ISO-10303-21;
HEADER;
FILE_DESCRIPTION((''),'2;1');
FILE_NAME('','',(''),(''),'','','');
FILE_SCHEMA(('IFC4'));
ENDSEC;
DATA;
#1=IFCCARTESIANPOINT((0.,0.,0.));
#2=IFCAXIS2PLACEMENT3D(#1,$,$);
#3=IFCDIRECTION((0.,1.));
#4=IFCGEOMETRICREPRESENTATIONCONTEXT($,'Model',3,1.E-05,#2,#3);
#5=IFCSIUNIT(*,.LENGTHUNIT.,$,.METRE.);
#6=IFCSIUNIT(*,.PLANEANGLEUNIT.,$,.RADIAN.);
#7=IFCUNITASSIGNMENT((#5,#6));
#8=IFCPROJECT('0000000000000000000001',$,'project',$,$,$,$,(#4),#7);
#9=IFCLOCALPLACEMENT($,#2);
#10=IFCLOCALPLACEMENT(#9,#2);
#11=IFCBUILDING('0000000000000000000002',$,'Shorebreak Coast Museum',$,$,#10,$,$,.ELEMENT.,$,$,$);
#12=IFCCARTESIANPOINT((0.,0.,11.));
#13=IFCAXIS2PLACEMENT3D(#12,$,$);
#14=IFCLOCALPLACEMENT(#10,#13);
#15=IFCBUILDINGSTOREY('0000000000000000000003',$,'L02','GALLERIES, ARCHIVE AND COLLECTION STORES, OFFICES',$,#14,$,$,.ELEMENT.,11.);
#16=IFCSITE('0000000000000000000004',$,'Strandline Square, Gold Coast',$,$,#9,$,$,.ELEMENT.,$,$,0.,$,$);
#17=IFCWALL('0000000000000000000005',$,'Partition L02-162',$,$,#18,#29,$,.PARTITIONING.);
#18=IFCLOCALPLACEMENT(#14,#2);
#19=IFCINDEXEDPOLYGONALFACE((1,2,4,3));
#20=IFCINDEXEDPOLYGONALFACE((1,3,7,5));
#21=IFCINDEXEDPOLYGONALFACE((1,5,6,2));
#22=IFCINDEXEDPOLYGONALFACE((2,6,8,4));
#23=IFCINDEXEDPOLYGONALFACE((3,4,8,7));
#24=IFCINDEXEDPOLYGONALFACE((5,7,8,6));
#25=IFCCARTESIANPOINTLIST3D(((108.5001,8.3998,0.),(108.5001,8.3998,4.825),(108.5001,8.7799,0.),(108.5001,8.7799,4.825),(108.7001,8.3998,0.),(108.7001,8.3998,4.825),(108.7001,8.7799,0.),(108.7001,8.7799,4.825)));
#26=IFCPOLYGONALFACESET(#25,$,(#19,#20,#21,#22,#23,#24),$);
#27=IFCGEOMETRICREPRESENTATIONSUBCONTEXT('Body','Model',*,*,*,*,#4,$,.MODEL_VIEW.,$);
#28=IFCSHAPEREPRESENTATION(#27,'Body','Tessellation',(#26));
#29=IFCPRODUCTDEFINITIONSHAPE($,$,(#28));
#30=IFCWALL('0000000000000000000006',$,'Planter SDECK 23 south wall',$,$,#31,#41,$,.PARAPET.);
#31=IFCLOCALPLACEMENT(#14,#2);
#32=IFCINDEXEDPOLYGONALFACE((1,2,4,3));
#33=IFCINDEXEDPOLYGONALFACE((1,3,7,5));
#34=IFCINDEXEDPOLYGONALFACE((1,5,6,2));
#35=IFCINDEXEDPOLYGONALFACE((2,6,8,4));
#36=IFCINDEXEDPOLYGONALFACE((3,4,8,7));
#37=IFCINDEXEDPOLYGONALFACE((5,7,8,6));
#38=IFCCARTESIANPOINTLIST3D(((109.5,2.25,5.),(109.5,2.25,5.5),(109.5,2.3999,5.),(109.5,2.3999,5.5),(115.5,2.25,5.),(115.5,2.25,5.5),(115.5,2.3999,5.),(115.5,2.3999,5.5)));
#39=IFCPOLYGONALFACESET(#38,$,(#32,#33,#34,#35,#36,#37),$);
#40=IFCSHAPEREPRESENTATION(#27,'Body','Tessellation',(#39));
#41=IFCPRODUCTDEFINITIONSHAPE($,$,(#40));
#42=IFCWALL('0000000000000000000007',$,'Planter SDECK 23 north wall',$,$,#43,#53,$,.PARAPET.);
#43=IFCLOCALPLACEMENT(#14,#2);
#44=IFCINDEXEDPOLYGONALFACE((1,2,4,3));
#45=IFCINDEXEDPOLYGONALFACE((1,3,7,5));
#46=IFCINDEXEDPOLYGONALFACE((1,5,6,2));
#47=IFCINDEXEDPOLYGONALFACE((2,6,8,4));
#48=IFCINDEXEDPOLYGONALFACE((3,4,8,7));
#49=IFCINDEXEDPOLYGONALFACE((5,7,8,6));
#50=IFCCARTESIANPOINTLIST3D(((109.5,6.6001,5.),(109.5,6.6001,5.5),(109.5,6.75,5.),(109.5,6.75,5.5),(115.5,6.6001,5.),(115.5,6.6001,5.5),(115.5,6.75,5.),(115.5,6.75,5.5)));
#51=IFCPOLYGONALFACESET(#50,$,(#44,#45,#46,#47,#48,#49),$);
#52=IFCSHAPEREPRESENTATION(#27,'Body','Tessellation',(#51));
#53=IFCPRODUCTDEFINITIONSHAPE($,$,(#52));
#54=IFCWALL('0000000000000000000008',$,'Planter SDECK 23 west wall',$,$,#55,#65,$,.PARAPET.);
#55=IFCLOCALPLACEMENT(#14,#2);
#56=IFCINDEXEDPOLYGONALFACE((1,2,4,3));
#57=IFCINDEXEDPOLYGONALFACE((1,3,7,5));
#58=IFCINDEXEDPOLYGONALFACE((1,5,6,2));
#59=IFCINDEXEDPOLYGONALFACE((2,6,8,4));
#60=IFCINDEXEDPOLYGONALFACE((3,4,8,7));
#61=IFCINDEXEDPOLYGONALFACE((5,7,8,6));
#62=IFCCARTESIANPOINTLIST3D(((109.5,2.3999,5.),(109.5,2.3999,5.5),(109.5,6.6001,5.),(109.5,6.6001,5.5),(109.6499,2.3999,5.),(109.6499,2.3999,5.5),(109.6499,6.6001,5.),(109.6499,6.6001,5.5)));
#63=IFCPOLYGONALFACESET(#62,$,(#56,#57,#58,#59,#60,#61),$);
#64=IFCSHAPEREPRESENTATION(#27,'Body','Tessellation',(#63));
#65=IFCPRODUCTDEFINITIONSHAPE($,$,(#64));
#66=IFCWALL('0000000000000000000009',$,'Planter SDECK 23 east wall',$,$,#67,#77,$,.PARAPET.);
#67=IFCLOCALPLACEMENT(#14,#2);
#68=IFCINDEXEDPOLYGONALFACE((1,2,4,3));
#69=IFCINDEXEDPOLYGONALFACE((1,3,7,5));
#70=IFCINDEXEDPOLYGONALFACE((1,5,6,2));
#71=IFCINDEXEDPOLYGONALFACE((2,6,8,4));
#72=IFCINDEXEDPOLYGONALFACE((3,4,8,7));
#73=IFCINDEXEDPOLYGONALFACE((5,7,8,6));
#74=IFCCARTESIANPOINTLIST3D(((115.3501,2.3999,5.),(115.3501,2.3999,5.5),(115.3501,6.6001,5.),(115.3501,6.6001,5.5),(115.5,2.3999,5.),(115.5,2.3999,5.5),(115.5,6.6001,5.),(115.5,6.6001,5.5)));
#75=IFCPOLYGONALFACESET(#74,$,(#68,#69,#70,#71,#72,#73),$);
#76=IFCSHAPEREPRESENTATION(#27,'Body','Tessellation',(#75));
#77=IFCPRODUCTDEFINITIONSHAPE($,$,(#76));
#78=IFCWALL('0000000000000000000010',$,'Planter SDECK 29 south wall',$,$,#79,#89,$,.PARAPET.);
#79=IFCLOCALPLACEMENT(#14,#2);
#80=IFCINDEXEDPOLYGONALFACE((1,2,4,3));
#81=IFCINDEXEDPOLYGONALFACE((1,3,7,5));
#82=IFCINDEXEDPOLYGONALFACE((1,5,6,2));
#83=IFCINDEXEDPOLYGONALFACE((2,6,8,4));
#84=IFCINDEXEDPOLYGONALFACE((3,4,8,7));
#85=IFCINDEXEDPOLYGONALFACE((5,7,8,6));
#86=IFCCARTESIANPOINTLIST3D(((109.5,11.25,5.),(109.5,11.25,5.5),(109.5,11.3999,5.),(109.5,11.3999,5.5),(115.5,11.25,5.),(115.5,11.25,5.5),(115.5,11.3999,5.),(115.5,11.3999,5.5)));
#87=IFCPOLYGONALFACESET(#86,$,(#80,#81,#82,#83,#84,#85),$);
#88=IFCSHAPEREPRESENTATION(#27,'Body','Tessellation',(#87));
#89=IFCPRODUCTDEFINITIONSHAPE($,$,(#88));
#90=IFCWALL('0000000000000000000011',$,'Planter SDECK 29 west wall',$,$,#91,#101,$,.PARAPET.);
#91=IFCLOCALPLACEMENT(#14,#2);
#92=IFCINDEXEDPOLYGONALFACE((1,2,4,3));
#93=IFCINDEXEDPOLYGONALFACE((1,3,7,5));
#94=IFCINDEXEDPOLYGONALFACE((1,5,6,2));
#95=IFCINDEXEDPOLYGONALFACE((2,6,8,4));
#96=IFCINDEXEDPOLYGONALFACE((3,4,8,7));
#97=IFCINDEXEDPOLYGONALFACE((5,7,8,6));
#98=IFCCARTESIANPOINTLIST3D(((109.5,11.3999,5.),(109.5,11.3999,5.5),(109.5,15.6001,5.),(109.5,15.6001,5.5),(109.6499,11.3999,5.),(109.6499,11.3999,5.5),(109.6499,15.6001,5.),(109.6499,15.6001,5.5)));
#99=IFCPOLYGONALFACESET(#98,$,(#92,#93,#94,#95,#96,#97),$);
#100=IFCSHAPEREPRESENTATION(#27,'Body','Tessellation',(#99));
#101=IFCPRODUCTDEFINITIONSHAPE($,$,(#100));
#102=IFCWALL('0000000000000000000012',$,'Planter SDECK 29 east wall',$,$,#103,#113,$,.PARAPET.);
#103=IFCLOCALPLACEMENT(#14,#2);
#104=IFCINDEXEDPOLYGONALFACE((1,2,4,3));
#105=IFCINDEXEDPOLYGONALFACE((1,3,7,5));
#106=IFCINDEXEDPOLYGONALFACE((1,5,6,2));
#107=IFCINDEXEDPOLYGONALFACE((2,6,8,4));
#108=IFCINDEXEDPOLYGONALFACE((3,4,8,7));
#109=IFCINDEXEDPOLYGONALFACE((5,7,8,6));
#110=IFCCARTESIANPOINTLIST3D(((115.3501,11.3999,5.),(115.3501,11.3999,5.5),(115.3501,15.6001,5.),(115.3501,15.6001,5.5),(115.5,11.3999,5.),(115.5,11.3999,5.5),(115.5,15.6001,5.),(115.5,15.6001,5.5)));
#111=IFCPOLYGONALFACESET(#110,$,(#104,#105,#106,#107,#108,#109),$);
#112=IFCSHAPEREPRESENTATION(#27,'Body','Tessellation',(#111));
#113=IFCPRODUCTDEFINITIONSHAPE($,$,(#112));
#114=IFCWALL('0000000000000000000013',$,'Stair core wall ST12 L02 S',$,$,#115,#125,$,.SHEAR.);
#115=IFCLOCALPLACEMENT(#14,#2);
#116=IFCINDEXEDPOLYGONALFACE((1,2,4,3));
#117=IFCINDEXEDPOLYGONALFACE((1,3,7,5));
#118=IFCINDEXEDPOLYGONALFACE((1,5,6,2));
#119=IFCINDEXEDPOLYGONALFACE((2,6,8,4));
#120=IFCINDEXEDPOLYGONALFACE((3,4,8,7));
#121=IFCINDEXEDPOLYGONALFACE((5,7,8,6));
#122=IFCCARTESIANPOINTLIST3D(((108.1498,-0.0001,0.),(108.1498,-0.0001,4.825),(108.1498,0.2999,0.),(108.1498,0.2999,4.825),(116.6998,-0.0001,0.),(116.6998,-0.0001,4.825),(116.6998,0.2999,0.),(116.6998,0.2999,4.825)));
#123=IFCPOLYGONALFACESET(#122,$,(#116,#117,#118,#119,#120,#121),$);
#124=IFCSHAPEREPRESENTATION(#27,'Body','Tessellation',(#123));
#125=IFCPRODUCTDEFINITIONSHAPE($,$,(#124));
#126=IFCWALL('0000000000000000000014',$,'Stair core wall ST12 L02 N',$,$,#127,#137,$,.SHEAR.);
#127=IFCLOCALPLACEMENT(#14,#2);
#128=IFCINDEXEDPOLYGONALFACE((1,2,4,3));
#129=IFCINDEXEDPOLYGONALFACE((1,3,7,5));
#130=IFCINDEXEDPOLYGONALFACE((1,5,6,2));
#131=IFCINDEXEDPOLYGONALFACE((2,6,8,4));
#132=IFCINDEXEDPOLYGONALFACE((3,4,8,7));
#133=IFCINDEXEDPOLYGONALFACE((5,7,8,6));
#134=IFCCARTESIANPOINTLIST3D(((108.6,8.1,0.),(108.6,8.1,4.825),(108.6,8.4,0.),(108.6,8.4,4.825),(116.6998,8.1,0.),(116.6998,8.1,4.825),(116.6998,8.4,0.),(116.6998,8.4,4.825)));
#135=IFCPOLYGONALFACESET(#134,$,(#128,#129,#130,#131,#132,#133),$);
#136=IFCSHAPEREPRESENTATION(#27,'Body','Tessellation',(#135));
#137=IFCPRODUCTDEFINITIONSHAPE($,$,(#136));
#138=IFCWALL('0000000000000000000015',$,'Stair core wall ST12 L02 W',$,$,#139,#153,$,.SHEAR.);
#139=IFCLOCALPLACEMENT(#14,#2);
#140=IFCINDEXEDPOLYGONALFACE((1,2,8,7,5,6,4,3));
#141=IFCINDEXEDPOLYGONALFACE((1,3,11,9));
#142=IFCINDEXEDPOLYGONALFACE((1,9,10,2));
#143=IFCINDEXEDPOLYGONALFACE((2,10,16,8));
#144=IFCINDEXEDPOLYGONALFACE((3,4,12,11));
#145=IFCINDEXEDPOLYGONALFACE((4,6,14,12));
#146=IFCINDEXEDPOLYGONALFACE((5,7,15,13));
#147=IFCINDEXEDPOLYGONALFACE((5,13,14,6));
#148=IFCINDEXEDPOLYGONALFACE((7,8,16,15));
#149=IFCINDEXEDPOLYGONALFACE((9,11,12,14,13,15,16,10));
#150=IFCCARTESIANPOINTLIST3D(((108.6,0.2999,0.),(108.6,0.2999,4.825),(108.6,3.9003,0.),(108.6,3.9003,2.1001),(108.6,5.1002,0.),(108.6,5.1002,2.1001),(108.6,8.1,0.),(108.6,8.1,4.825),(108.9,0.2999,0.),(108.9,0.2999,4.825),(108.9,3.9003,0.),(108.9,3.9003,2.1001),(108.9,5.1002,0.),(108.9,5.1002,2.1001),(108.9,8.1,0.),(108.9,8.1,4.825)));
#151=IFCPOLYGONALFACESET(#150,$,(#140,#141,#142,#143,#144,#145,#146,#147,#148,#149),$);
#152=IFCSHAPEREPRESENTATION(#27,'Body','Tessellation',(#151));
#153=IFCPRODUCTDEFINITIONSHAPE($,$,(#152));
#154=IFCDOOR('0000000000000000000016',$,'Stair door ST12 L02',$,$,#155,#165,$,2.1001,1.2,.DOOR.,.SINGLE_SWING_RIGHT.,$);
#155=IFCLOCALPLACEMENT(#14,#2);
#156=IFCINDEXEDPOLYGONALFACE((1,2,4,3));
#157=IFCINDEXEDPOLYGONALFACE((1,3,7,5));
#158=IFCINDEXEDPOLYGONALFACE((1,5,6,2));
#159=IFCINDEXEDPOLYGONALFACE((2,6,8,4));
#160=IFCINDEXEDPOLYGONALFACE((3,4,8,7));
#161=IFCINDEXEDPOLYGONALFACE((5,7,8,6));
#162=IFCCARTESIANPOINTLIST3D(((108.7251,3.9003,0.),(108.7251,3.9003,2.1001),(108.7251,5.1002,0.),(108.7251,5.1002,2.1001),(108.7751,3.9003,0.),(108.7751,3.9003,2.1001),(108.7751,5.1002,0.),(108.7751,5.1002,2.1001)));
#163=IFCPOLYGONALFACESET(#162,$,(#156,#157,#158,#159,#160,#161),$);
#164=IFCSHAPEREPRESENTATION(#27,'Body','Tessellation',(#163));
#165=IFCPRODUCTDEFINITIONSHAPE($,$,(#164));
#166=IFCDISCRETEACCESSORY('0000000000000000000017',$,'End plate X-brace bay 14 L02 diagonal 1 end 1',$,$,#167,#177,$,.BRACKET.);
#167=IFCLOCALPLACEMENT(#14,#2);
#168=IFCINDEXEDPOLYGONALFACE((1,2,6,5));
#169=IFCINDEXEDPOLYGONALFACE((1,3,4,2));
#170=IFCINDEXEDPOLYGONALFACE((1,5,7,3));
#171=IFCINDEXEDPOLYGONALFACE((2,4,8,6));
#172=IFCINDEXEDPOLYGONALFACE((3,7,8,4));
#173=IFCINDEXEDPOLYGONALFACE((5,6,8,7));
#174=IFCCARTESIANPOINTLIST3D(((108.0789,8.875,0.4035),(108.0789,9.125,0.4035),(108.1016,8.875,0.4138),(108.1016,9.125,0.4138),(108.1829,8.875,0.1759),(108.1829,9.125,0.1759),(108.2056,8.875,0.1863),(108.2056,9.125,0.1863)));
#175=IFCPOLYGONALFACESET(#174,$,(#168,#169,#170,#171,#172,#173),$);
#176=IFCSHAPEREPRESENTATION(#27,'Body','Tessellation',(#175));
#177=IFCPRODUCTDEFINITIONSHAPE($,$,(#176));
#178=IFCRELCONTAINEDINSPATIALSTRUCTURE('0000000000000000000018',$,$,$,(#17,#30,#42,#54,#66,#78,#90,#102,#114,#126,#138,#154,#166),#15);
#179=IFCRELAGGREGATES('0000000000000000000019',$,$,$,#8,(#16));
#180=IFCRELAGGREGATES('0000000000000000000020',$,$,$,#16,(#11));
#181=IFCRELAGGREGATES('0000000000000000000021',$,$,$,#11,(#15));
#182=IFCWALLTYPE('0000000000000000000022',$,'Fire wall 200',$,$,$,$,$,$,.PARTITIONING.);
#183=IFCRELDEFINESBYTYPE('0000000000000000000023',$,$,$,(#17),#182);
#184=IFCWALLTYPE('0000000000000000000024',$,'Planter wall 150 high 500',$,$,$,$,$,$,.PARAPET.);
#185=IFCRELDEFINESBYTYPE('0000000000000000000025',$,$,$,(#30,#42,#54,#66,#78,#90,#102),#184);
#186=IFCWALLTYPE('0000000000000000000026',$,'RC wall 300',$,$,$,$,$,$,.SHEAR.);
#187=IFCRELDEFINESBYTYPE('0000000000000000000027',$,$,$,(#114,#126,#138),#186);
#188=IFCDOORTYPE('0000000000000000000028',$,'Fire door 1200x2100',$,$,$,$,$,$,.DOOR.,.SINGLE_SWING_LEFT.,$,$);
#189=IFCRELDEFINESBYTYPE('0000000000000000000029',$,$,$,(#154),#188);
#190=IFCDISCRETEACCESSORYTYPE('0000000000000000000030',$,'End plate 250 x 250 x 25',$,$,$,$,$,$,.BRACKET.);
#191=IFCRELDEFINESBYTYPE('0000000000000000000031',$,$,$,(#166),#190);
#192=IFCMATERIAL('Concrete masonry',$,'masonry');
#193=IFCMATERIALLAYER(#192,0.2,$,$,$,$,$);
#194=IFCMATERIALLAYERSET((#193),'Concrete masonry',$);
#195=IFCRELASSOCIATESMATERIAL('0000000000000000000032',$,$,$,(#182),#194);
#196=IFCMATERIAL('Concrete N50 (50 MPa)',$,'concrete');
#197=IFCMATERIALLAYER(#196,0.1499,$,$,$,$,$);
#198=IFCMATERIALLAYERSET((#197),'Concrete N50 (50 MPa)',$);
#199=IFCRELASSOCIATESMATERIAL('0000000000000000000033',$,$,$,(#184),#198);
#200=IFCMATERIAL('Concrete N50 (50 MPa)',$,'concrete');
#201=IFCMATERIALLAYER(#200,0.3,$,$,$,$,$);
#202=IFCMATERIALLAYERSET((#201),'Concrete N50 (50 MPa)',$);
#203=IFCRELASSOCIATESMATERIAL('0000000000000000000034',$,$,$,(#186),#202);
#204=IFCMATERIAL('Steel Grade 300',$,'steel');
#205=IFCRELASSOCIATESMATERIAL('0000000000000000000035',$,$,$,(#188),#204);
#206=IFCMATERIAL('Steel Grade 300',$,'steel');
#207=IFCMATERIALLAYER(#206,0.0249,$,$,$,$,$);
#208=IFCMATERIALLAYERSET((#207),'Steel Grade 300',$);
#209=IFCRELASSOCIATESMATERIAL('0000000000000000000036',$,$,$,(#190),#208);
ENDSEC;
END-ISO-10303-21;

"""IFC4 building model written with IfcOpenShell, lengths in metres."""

from ifc_helpers import new_model, si_unit, direction, frame, frame_2d, origin, place, context, subcontext, project, spatial, polyline, rectangle, outline, extrude, material, layer, layer_set, type_object, element, fill, save


model = new_model("IFC4")

# Units and contexts
model_context = context("Model", 3, precision=1e-05, world=origin(), true_north=direction((0.0, 1.0)))
body_context = subcontext(model_context, "Body", "Model", "MODEL_VIEW")
ifc_project = project(units=[si_unit("LENGTHUNIT", "METRE"), si_unit("PLANEANGLEUNIT", "RADIAN")], contexts=[model_context])

# Site, building, storey
site_placement = place(None, origin())
site = spatial("IfcSite", under=ifc_project, at=site_placement, Name="Strandline Square, Gold Coast", CompositionType="ELEMENT", RefElevation=0.0)
building_placement = place(site_placement, origin())
building = spatial("IfcBuilding", under=site, at=building_placement, Name="Shorebreak Coast Museum", CompositionType="ELEMENT")
storey_placement = place(building_placement, frame((0.0, 0.0, 11.0)))
storey = spatial("IfcBuildingStorey", under=building, at=storey_placement, Name="L02", Description="GALLERIES, ARCHIVE AND COLLECTION STORES, OFFICES", CompositionType="ELEMENT", Elevation=11.0)

# Walls
ifc_material_1 = material(Name="Concrete masonry", Category="masonry")
ifc_layer_1 = layer(ifc_material_1, 0.2)
ifc_layer_set_1 = layer_set([ifc_layer_1], Name="Concrete masonry")
wall_type_1 = type_object("IfcWallType", Name="Fire wall 200", PredefinedType="PARTITIONING", material=ifc_layer_set_1)
wall_1_placement = place(storey_placement, frame((108.6001, 8.3999, 0.0), z_axis=(0.0, 0.0, 1.0), x_axis=(0.0, 1.0, 0.0)))
element("IfcWall", 1, at=wall_1_placement, inside=storey, type_object=wall_type_1, Name="Partition L02-162", PredefinedType="PARTITIONING", context=body_context, shape_type="SweptSolid", body=[
    extrude(rectangle(XDim=0.3801, YDim=0.2, at=frame_2d((0.1899, 0.0))), origin(), (0.0, 0.0, 1.0), 4.825),
])
ifc_material_2 = material(Name="Concrete N50 (50 MPa)", Category="concrete")
ifc_layer_2 = layer(ifc_material_2, 0.1499)
ifc_layer_set_2 = layer_set([ifc_layer_2], Name="Concrete N50 (50 MPa)")
wall_type_2 = type_object("IfcWallType", Name="Planter wall 150 high 500", PredefinedType="PARAPET", material=ifc_layer_set_2)
for number, where, z_axis, x_axis, name in (
    (2, (109.5, 2.325, 5.0), (0.0, 0.0, 1.0), (1.0, 0.0, 0.0), "Planter SDECK 23 south wall"),
    (3, (109.5, 6.675, 5.0), (0.0, 0.0, 1.0), (1.0, 0.0, 0.0), "Planter SDECK 23 north wall"),
):
    element("IfcWall", number, at=place(storey_placement, frame(where, z_axis=z_axis, x_axis=x_axis)), inside=storey, type_object=wall_type_2, Name=name, PredefinedType="PARAPET", context=body_context, shape_type="SweptSolid", body=[
        extrude(rectangle(XDim=6.0, YDim=0.1499, at=frame_2d((3.0, 0.0))), origin(), (0.0, 0.0, 1.0), 0.5),
    ])
for number, where, z_axis, x_axis, name in (
    (4, (109.575, 2.3999, 5.0), (0.0, 0.0, 1.0), (0.0, 1.0, 0.0), "Planter SDECK 23 west wall"),
    (5, (115.425, 2.3999, 5.0), (0.0, 0.0, 1.0), (0.0, 1.0, 0.0), "Planter SDECK 23 east wall"),
):
    element("IfcWall", number, at=place(storey_placement, frame(where, z_axis=z_axis, x_axis=x_axis)), inside=storey, type_object=wall_type_2, Name=name, PredefinedType="PARAPET", context=body_context, shape_type="SweptSolid", body=[
        extrude(rectangle(XDim=4.2002, YDim=0.1499, at=frame_2d((2.1001, 0.0))), origin(), (0.0, 0.0, 1.0), 0.5),
    ])
wall_2_placement = place(storey_placement, frame((109.5, 11.325, 5.0), z_axis=(0.0, 0.0, 1.0), x_axis=(1.0, 0.0, 0.0)))
element("IfcWall", 6, at=wall_2_placement, inside=storey, type_object=wall_type_2, Name="Planter SDECK 29 south wall", PredefinedType="PARAPET", context=body_context, shape_type="SweptSolid", body=[
    extrude(rectangle(XDim=6.0, YDim=0.1499, at=frame_2d((3.0, 0.0))), origin(), (0.0, 0.0, 1.0), 0.5),
])
for number, where, z_axis, x_axis, name in (
    (7, (109.575, 11.3999, 5.0), (0.0, 0.0, 1.0), (0.0, 1.0, 0.0), "Planter SDECK 29 west wall"),
    (8, (115.425, 11.3999, 5.0), (0.0, 0.0, 1.0), (0.0, 1.0, 0.0), "Planter SDECK 29 east wall"),
):
    element("IfcWall", number, at=place(storey_placement, frame(where, z_axis=z_axis, x_axis=x_axis)), inside=storey, type_object=wall_type_2, Name=name, PredefinedType="PARAPET", context=body_context, shape_type="SweptSolid", body=[
        extrude(rectangle(XDim=4.2002, YDim=0.1499, at=frame_2d((2.1001, 0.0))), origin(), (0.0, 0.0, 1.0), 0.5),
    ])
ifc_material_3 = material(Name="Concrete N50 (50 MPa)", Category="concrete")
ifc_layer_3 = layer(ifc_material_3, 0.3)
ifc_layer_set_3 = layer_set([ifc_layer_3], Name="Concrete N50 (50 MPa)")
wall_type_3 = type_object("IfcWallType", Name="RC wall 300", PredefinedType="SHEAR", material=ifc_layer_set_3)
wall_3_placement = place(storey_placement, frame((108.1499, 0.1499, 0.0), z_axis=(0.0, 0.0, 1.0), x_axis=(1.0, 0.0, 0.0)))
element("IfcWall", 9, at=wall_3_placement, inside=storey, type_object=wall_type_3, Name="Stair core wall ST12 L02 S", PredefinedType="SHEAR", context=body_context, shape_type="SweptSolid", body=[
    extrude(rectangle(XDim=8.55, YDim=0.3, at=frame_2d((4.2749, 0.0))), origin(), (0.0, 0.0, 1.0), 4.825),
])
wall_4_placement = place(storey_placement, frame((108.6001, 8.25, 0.0), z_axis=(0.0, 0.0, 1.0), x_axis=(1.0, 0.0, 0.0)))
element("IfcWall", 10, at=wall_4_placement, inside=storey, type_object=wall_type_3, Name="Stair core wall ST12 L02 N", PredefinedType="SHEAR", context=body_context, shape_type="SweptSolid", body=[
    extrude(rectangle(XDim=8.0999, YDim=0.3, at=frame_2d((4.0498, 0.0))), origin(), (0.0, 0.0, 1.0), 4.825),
])

# Wall, opening, door
wall_5_placement = place(storey_placement, frame((108.75, 0.3, 0.0), z_axis=(0.0, 0.0, 1.0), x_axis=(0.0, 1.0, 0.0)))
wall_5 = element("IfcWall", 11, at=wall_5_placement, inside=storey, type_object=wall_type_3, Name="Stair core wall ST12 L02 W", PredefinedType="SHEAR", context=body_context, shape_type="SweptSolid", body=[
    extrude(rectangle(XDim=7.8, YDim=0.3, at=frame_2d((3.8999, 0.0))), origin(), (0.0, 0.0, 1.0), 4.825),
])
opening_placement = place(wall_5_placement, frame((3.6001, 0.0, 0.0)))
opening = element("IfcOpeningElement", 12, at=opening_placement, cuts=wall_5, PredefinedType="OPENING", context=body_context, shape_type="SweptSolid", body=[
    extrude(rectangle(XDim=1.2, YDim=2.1001, at=frame_2d((0.6001, 1.05))), frame((0.0, 0.1599, 0.0), z_axis=(0.0, -1.0, 0.0), x_axis=(1.0, 0.0, 0.0)), (0.0, 0.0, 1.0), 0.3201),
])
ifc_material_4 = material(Name="Steel Grade 300", Category="steel")
door_type = type_object("IfcDoorType", Name="Fire door 1200x2100", OperationType="SINGLE_SWING_LEFT", PredefinedType="DOOR", material=ifc_material_4)
door_placement = place(opening_placement, origin())
door = element("IfcDoor", 13, at=door_placement, inside=storey, type_object=door_type, Name="Stair door ST12 L02", OperationType="SINGLE_SWING_RIGHT", OverallHeight=2.1001, OverallWidth=1.2, PredefinedType="DOOR", context=body_context, shape_type="SweptSolid", body=[
    extrude(rectangle(XDim=1.2, YDim=2.1001, at=frame_2d((0.6001, 1.05))), frame((0.0, 0.0249, 0.0), z_axis=(0.0, -1.0, 0.0), x_axis=(1.0, 0.0, 0.0)), (0.0, 0.0, 1.0), 0.05),
])
fill(opening, door)

# Discrete accessory
ifc_material_5 = material(Name="Steel Grade 300", Category="steel")
ifc_layer_4 = layer(ifc_material_5, 0.0249)
ifc_layer_set_4 = layer_set([ifc_layer_4], Name="Steel Grade 300")
discrete_accessory_type = type_object("IfcDiscreteAccessoryType", Name="End plate 250 x 250 x 25", PredefinedType="BRACKET", material=ifc_layer_set_4)
discrete_accessory_placement = place(storey_placement, frame((108.2056, 8.875, 0.1863), z_axis=(0.909496, 0.0, 0.415714), x_axis=(0.0, 1.0, 0.0)))
element("IfcDiscreteAccessory", 14, at=discrete_accessory_placement, inside=storey, type_object=discrete_accessory_type, Name="End plate X-brace bay 14 L02 diagonal 1 end 1", PredefinedType="BRACKET", context=body_context, shape_type="SweptSolid", body=[
    extrude(outline(polyline([(0.0, 0.0), (0.25, 0.0), (0.25, 0.2502), (0.0, 0.2502), (0.0, 0.0)])), origin(), (0.0, 0.0, -1.0), 0.0249),
])

save(model, "model.ifc")
